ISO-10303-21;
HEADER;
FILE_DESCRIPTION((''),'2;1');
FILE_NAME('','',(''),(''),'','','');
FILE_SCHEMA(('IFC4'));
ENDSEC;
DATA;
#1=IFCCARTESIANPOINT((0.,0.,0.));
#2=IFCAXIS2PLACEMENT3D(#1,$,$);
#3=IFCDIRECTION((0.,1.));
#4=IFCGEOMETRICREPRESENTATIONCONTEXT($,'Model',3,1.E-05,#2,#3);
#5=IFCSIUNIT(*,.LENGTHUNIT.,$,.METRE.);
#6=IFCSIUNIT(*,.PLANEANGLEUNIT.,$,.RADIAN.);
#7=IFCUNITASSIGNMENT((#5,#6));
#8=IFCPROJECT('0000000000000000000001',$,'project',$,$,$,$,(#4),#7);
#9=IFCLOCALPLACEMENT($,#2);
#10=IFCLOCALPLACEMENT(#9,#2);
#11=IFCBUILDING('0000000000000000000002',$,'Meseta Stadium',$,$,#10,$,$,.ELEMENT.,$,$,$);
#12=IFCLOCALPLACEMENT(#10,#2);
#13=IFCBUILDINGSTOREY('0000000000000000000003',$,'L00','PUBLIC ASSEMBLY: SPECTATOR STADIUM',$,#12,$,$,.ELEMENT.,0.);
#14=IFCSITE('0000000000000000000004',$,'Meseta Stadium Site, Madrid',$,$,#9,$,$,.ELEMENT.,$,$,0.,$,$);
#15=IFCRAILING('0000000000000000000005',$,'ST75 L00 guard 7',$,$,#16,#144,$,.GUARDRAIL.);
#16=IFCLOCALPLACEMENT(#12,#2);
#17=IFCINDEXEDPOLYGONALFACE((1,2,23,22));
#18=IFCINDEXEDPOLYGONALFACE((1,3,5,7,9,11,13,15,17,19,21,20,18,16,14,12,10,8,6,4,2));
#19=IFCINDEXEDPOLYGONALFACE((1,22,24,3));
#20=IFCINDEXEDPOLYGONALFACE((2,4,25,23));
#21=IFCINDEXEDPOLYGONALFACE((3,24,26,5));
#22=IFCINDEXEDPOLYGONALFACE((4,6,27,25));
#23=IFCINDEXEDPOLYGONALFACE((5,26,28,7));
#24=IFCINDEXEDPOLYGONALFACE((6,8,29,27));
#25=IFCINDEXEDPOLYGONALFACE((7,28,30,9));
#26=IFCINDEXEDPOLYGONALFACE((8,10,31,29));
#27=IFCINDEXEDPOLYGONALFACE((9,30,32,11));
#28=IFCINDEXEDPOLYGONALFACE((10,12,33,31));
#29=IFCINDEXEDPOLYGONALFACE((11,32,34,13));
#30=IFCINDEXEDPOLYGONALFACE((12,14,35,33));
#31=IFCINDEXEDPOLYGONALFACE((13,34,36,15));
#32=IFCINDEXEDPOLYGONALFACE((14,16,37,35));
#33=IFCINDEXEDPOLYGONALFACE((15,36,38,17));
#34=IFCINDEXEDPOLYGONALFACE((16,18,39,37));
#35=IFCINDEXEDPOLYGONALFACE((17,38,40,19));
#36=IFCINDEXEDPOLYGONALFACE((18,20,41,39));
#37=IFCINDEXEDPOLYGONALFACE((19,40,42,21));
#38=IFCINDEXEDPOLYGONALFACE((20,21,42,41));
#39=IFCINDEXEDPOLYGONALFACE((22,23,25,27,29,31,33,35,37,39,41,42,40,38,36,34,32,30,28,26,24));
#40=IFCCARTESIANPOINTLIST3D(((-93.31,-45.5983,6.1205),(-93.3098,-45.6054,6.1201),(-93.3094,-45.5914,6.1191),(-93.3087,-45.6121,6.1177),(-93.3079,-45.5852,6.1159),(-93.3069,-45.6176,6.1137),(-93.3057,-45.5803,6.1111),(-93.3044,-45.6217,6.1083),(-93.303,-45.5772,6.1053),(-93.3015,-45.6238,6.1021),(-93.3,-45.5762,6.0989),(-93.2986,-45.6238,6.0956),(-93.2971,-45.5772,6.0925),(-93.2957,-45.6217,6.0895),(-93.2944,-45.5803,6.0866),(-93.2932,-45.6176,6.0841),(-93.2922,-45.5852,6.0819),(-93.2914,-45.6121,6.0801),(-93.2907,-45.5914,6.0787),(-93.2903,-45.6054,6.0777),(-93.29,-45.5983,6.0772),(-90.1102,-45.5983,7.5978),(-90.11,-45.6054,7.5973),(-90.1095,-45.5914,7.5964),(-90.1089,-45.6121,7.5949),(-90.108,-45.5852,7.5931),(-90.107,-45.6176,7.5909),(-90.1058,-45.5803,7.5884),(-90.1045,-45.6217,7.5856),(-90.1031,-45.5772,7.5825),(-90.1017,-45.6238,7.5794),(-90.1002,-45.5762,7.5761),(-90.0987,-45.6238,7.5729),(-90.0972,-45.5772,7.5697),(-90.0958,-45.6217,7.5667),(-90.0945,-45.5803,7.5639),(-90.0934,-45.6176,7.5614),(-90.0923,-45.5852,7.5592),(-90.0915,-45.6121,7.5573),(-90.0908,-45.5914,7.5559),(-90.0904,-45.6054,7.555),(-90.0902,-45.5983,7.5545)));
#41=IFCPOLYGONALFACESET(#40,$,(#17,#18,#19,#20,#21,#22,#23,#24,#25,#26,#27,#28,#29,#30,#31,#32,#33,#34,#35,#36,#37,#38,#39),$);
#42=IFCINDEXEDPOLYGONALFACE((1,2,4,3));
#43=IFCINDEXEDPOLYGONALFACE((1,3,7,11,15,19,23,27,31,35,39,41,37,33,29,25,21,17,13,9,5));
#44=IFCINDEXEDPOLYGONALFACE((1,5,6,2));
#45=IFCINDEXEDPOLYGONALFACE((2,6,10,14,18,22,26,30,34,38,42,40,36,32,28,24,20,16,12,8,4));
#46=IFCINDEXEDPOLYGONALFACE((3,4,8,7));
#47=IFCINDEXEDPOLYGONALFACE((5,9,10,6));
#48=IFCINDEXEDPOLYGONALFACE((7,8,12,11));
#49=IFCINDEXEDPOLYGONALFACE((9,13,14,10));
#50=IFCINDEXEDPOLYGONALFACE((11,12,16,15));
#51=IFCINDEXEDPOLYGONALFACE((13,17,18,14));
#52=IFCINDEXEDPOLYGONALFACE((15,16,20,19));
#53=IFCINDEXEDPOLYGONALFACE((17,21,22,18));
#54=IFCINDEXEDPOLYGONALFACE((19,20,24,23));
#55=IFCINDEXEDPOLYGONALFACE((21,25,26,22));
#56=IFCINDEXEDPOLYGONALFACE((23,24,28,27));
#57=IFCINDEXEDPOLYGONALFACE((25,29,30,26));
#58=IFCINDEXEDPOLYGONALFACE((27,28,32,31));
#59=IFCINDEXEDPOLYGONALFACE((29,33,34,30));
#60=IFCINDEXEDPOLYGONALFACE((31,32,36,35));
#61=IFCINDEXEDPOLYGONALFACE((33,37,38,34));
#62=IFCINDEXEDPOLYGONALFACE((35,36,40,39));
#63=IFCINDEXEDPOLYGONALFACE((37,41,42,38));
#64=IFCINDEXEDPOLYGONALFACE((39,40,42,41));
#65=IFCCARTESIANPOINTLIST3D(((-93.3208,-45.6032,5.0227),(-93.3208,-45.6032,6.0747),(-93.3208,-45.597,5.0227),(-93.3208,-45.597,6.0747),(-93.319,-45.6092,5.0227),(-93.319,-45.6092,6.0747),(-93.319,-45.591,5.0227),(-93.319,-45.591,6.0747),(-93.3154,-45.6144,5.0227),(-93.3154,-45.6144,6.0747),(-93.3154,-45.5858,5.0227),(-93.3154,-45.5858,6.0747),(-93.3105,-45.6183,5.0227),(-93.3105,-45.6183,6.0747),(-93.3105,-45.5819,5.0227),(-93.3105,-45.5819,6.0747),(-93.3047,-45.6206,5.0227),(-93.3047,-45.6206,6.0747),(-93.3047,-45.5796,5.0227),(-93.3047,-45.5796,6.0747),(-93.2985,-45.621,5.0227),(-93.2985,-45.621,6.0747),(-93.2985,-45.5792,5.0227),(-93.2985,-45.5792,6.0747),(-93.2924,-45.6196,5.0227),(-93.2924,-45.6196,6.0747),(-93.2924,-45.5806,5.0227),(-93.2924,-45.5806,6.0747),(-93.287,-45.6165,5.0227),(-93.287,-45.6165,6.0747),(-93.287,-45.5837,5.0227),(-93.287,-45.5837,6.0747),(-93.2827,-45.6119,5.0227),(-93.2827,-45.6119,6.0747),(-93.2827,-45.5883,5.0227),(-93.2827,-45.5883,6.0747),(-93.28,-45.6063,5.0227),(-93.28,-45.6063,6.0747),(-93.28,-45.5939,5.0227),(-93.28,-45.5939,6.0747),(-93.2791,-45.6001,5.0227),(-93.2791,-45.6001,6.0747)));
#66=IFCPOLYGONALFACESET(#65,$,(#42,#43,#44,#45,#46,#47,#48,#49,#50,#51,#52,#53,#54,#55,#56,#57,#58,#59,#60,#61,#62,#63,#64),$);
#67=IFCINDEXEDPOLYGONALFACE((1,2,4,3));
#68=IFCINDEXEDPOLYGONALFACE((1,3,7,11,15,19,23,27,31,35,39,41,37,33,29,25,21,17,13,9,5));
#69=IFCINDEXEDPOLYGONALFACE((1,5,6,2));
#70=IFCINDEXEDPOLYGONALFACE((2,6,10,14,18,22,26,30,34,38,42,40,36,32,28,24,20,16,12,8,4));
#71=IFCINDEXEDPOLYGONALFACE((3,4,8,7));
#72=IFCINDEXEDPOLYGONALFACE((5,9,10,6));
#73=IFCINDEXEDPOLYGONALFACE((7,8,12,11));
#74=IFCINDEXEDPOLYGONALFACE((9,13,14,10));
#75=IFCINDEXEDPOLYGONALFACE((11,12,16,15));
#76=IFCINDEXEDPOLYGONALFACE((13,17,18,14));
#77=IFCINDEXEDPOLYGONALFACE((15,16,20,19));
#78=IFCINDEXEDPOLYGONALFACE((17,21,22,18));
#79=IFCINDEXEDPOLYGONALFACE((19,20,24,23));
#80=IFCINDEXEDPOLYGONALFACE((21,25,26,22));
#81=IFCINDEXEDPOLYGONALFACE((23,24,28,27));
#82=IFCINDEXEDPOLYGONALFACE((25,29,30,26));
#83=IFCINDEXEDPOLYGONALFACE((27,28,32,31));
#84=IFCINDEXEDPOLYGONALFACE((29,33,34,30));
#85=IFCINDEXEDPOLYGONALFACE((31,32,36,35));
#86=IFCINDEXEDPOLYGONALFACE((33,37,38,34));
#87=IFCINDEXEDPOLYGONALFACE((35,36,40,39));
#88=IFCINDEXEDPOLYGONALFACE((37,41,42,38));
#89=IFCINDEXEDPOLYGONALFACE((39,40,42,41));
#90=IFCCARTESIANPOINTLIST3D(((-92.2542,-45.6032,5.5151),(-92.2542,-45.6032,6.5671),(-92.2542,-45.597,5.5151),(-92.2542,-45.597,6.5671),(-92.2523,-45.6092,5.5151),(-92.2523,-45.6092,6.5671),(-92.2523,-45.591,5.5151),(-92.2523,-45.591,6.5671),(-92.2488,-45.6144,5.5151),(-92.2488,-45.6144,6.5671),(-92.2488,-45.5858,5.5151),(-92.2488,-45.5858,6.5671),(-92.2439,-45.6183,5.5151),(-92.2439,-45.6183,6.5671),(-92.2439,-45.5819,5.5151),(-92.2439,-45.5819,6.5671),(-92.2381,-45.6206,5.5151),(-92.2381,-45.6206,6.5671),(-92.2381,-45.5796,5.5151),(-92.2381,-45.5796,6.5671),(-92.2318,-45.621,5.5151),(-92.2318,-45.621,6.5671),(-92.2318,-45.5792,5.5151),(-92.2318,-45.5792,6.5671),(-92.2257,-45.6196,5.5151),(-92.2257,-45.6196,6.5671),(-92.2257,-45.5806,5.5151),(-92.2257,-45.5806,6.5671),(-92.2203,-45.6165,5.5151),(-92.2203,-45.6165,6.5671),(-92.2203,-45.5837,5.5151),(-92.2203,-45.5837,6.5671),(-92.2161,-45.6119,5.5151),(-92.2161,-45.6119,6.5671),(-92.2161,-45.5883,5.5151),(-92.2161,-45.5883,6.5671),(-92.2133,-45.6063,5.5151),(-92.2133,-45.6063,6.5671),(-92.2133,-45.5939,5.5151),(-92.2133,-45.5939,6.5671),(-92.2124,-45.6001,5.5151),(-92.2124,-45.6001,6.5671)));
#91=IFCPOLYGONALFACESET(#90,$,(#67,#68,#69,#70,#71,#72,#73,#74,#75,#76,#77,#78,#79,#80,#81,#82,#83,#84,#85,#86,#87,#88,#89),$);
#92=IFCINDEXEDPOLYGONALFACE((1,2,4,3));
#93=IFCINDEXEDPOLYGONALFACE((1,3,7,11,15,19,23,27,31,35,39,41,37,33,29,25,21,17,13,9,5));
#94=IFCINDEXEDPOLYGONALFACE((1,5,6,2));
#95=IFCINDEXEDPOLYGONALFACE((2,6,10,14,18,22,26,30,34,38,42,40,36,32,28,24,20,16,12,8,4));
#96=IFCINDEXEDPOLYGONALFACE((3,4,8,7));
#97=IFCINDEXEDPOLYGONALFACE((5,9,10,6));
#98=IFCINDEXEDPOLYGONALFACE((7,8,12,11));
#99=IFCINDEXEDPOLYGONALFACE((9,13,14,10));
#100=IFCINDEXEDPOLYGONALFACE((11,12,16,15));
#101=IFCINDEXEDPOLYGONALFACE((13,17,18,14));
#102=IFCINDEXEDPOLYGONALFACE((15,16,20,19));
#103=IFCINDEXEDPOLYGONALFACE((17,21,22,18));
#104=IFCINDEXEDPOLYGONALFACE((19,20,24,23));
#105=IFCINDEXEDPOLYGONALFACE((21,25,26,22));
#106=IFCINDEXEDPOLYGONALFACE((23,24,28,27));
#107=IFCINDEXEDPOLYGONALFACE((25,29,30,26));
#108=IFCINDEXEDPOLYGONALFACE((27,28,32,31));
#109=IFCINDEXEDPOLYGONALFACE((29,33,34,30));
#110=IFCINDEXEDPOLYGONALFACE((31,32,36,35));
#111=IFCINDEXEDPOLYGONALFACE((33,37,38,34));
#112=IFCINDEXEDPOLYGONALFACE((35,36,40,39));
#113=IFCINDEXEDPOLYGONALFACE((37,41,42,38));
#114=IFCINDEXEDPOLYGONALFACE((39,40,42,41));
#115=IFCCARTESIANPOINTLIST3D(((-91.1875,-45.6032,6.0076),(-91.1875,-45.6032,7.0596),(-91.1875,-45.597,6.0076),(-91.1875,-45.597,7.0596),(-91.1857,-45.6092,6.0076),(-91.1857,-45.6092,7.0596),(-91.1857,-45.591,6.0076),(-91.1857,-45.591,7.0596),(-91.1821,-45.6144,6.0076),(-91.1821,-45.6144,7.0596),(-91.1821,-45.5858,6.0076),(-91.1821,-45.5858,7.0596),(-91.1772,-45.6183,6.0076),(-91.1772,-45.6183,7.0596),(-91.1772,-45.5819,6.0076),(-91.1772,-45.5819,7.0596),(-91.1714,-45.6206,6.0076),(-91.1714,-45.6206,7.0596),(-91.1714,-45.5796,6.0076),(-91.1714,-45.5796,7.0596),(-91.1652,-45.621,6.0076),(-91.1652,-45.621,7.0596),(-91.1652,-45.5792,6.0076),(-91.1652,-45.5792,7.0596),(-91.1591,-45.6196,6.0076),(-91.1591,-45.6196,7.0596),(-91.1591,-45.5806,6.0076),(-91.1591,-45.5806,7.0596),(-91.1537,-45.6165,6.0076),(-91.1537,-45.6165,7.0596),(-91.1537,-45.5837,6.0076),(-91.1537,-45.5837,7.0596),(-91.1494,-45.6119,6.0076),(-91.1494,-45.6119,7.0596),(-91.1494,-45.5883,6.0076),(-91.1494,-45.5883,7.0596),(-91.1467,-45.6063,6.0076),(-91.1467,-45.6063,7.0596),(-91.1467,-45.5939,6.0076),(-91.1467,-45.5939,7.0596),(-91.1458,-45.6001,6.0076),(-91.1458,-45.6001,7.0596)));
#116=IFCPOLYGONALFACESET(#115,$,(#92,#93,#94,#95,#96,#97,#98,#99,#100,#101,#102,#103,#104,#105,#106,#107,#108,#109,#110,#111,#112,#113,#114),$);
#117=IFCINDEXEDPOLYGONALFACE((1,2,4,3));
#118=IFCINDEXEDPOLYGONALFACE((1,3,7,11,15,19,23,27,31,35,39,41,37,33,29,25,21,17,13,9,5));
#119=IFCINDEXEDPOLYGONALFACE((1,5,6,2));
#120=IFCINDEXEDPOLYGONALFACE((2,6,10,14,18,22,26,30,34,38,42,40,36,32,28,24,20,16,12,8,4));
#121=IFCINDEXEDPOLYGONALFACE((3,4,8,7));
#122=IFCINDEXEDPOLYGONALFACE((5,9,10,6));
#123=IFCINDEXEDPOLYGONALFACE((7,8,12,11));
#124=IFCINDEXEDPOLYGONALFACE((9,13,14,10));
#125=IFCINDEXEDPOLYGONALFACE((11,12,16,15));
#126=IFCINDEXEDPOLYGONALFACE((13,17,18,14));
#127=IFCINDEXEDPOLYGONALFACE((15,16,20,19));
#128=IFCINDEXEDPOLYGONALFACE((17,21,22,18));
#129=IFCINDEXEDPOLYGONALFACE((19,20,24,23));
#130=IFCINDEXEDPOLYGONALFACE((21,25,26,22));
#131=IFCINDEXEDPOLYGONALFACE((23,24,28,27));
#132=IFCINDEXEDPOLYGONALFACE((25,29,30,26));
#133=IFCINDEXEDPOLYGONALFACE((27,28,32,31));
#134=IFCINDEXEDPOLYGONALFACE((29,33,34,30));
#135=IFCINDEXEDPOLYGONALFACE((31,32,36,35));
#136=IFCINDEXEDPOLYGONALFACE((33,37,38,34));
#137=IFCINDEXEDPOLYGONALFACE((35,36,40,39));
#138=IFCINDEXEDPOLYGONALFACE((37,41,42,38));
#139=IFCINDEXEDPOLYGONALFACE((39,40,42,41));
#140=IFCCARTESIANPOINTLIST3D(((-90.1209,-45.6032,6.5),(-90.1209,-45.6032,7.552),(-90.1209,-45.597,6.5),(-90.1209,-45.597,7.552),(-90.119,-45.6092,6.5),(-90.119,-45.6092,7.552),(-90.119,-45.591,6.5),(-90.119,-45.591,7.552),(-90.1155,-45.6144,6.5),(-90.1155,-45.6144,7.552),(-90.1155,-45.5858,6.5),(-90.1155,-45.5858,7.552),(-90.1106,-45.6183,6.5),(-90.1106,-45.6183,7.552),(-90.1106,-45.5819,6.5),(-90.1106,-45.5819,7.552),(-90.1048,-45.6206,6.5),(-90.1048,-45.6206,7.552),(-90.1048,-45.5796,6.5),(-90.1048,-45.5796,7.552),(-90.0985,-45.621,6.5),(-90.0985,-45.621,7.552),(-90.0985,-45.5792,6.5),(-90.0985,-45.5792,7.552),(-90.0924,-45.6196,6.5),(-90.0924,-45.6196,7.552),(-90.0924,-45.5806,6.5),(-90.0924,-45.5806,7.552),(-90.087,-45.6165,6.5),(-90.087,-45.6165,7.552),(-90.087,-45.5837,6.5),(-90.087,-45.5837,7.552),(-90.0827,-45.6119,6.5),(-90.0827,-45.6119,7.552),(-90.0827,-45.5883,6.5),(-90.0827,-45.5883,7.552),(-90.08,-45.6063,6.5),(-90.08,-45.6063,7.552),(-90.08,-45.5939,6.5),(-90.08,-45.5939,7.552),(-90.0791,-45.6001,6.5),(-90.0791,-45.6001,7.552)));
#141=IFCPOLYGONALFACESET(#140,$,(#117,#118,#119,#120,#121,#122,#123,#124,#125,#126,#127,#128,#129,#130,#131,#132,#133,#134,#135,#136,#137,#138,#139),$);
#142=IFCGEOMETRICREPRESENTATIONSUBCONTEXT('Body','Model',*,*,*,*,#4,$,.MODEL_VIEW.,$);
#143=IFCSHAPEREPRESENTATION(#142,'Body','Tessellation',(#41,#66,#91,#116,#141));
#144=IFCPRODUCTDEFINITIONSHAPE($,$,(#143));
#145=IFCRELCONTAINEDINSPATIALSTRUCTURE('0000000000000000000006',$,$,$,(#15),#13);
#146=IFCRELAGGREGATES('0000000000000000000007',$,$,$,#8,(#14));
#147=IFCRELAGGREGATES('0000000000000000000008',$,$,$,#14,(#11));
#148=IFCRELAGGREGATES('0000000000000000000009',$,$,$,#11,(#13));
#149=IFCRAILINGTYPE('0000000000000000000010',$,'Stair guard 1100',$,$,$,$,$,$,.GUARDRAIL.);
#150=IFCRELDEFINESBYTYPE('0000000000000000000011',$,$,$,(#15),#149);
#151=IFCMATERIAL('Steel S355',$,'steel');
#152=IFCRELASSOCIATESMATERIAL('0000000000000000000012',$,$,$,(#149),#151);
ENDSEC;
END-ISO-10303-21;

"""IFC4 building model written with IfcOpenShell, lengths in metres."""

from ifc_helpers import new_model, si_unit, direction, frame, origin, origin_2d, place, context, subcontext, project, spatial, circle, extrude, material, type_object, element, save


model = new_model("IFC4")

# Units and contexts
model_context = context("Model", 3, precision=1e-05, world=origin(), true_north=direction((0.0, 1.0)))
body_context = subcontext(model_context, "Body", "Model", "MODEL_VIEW")
ifc_project = project(units=[si_unit("LENGTHUNIT", "METRE"), si_unit("PLANEANGLEUNIT", "RADIAN")], contexts=[model_context])

# Site, building, storey
site_placement = place(None, origin())
site = spatial("IfcSite", under=ifc_project, at=site_placement, Name="Meseta Stadium Site, Madrid", CompositionType="ELEMENT", RefElevation=0.0)
building_placement = place(site_placement, origin())
building = spatial("IfcBuilding", under=site, at=building_placement, Name="Meseta Stadium", CompositionType="ELEMENT")
storey_placement = place(building_placement, origin())
storey = spatial("IfcBuildingStorey", under=building, at=storey_placement, Name="L00", Description="PUBLIC ASSEMBLY: SPECTATOR STADIUM", CompositionType="ELEMENT", Elevation=0.0)

# Railing
ifc_material_1 = material(Name="Steel S355", Category="steel")
railing_type_1 = type_object("IfcRailingType", Name="Stair guard 1100", PredefinedType="GUARDRAIL", material=ifc_material_1)
railing_1_placement = place(storey_placement, frame((-93.3, -45.6001, 5.0227)))
element("IfcRailing", 1, at=railing_1_placement, inside=storey, type_object=railing_type_1, Name="ST75 L00 guard 7", PredefinedType="GUARDRAIL", context=body_context, shape_type="SweptSolid", body=[
    extrude(circle(Radius=0.0239, at=origin_2d()), frame((0.0, 0.0, 1.0762), z_axis=(0.907917, 0.0, 0.41915), x_axis=(0.0, 1.0, 0.0)), (0.0, 0.0, 1.0), 3.5244),
    extrude(circle(Radius=0.021, at=origin_2d()), origin(), (0.0, 0.0, 1.0), 1.052),
    extrude(circle(Radius=0.021, at=origin_2d()), frame((1.0667, 0.0, 0.4924)), (0.0, 0.0, 1.0), 1.052),
    extrude(circle(Radius=0.021, at=origin_2d()), frame((2.1333, 0.0, 0.9849)), (0.0, 0.0, 1.0), 1.052),
    extrude(circle(Radius=0.021, at=origin_2d()), frame((3.2, 0.0, 1.4773)), (0.0, 0.0, 1.0), 1.052),
])

save(model, "model.ifc")
